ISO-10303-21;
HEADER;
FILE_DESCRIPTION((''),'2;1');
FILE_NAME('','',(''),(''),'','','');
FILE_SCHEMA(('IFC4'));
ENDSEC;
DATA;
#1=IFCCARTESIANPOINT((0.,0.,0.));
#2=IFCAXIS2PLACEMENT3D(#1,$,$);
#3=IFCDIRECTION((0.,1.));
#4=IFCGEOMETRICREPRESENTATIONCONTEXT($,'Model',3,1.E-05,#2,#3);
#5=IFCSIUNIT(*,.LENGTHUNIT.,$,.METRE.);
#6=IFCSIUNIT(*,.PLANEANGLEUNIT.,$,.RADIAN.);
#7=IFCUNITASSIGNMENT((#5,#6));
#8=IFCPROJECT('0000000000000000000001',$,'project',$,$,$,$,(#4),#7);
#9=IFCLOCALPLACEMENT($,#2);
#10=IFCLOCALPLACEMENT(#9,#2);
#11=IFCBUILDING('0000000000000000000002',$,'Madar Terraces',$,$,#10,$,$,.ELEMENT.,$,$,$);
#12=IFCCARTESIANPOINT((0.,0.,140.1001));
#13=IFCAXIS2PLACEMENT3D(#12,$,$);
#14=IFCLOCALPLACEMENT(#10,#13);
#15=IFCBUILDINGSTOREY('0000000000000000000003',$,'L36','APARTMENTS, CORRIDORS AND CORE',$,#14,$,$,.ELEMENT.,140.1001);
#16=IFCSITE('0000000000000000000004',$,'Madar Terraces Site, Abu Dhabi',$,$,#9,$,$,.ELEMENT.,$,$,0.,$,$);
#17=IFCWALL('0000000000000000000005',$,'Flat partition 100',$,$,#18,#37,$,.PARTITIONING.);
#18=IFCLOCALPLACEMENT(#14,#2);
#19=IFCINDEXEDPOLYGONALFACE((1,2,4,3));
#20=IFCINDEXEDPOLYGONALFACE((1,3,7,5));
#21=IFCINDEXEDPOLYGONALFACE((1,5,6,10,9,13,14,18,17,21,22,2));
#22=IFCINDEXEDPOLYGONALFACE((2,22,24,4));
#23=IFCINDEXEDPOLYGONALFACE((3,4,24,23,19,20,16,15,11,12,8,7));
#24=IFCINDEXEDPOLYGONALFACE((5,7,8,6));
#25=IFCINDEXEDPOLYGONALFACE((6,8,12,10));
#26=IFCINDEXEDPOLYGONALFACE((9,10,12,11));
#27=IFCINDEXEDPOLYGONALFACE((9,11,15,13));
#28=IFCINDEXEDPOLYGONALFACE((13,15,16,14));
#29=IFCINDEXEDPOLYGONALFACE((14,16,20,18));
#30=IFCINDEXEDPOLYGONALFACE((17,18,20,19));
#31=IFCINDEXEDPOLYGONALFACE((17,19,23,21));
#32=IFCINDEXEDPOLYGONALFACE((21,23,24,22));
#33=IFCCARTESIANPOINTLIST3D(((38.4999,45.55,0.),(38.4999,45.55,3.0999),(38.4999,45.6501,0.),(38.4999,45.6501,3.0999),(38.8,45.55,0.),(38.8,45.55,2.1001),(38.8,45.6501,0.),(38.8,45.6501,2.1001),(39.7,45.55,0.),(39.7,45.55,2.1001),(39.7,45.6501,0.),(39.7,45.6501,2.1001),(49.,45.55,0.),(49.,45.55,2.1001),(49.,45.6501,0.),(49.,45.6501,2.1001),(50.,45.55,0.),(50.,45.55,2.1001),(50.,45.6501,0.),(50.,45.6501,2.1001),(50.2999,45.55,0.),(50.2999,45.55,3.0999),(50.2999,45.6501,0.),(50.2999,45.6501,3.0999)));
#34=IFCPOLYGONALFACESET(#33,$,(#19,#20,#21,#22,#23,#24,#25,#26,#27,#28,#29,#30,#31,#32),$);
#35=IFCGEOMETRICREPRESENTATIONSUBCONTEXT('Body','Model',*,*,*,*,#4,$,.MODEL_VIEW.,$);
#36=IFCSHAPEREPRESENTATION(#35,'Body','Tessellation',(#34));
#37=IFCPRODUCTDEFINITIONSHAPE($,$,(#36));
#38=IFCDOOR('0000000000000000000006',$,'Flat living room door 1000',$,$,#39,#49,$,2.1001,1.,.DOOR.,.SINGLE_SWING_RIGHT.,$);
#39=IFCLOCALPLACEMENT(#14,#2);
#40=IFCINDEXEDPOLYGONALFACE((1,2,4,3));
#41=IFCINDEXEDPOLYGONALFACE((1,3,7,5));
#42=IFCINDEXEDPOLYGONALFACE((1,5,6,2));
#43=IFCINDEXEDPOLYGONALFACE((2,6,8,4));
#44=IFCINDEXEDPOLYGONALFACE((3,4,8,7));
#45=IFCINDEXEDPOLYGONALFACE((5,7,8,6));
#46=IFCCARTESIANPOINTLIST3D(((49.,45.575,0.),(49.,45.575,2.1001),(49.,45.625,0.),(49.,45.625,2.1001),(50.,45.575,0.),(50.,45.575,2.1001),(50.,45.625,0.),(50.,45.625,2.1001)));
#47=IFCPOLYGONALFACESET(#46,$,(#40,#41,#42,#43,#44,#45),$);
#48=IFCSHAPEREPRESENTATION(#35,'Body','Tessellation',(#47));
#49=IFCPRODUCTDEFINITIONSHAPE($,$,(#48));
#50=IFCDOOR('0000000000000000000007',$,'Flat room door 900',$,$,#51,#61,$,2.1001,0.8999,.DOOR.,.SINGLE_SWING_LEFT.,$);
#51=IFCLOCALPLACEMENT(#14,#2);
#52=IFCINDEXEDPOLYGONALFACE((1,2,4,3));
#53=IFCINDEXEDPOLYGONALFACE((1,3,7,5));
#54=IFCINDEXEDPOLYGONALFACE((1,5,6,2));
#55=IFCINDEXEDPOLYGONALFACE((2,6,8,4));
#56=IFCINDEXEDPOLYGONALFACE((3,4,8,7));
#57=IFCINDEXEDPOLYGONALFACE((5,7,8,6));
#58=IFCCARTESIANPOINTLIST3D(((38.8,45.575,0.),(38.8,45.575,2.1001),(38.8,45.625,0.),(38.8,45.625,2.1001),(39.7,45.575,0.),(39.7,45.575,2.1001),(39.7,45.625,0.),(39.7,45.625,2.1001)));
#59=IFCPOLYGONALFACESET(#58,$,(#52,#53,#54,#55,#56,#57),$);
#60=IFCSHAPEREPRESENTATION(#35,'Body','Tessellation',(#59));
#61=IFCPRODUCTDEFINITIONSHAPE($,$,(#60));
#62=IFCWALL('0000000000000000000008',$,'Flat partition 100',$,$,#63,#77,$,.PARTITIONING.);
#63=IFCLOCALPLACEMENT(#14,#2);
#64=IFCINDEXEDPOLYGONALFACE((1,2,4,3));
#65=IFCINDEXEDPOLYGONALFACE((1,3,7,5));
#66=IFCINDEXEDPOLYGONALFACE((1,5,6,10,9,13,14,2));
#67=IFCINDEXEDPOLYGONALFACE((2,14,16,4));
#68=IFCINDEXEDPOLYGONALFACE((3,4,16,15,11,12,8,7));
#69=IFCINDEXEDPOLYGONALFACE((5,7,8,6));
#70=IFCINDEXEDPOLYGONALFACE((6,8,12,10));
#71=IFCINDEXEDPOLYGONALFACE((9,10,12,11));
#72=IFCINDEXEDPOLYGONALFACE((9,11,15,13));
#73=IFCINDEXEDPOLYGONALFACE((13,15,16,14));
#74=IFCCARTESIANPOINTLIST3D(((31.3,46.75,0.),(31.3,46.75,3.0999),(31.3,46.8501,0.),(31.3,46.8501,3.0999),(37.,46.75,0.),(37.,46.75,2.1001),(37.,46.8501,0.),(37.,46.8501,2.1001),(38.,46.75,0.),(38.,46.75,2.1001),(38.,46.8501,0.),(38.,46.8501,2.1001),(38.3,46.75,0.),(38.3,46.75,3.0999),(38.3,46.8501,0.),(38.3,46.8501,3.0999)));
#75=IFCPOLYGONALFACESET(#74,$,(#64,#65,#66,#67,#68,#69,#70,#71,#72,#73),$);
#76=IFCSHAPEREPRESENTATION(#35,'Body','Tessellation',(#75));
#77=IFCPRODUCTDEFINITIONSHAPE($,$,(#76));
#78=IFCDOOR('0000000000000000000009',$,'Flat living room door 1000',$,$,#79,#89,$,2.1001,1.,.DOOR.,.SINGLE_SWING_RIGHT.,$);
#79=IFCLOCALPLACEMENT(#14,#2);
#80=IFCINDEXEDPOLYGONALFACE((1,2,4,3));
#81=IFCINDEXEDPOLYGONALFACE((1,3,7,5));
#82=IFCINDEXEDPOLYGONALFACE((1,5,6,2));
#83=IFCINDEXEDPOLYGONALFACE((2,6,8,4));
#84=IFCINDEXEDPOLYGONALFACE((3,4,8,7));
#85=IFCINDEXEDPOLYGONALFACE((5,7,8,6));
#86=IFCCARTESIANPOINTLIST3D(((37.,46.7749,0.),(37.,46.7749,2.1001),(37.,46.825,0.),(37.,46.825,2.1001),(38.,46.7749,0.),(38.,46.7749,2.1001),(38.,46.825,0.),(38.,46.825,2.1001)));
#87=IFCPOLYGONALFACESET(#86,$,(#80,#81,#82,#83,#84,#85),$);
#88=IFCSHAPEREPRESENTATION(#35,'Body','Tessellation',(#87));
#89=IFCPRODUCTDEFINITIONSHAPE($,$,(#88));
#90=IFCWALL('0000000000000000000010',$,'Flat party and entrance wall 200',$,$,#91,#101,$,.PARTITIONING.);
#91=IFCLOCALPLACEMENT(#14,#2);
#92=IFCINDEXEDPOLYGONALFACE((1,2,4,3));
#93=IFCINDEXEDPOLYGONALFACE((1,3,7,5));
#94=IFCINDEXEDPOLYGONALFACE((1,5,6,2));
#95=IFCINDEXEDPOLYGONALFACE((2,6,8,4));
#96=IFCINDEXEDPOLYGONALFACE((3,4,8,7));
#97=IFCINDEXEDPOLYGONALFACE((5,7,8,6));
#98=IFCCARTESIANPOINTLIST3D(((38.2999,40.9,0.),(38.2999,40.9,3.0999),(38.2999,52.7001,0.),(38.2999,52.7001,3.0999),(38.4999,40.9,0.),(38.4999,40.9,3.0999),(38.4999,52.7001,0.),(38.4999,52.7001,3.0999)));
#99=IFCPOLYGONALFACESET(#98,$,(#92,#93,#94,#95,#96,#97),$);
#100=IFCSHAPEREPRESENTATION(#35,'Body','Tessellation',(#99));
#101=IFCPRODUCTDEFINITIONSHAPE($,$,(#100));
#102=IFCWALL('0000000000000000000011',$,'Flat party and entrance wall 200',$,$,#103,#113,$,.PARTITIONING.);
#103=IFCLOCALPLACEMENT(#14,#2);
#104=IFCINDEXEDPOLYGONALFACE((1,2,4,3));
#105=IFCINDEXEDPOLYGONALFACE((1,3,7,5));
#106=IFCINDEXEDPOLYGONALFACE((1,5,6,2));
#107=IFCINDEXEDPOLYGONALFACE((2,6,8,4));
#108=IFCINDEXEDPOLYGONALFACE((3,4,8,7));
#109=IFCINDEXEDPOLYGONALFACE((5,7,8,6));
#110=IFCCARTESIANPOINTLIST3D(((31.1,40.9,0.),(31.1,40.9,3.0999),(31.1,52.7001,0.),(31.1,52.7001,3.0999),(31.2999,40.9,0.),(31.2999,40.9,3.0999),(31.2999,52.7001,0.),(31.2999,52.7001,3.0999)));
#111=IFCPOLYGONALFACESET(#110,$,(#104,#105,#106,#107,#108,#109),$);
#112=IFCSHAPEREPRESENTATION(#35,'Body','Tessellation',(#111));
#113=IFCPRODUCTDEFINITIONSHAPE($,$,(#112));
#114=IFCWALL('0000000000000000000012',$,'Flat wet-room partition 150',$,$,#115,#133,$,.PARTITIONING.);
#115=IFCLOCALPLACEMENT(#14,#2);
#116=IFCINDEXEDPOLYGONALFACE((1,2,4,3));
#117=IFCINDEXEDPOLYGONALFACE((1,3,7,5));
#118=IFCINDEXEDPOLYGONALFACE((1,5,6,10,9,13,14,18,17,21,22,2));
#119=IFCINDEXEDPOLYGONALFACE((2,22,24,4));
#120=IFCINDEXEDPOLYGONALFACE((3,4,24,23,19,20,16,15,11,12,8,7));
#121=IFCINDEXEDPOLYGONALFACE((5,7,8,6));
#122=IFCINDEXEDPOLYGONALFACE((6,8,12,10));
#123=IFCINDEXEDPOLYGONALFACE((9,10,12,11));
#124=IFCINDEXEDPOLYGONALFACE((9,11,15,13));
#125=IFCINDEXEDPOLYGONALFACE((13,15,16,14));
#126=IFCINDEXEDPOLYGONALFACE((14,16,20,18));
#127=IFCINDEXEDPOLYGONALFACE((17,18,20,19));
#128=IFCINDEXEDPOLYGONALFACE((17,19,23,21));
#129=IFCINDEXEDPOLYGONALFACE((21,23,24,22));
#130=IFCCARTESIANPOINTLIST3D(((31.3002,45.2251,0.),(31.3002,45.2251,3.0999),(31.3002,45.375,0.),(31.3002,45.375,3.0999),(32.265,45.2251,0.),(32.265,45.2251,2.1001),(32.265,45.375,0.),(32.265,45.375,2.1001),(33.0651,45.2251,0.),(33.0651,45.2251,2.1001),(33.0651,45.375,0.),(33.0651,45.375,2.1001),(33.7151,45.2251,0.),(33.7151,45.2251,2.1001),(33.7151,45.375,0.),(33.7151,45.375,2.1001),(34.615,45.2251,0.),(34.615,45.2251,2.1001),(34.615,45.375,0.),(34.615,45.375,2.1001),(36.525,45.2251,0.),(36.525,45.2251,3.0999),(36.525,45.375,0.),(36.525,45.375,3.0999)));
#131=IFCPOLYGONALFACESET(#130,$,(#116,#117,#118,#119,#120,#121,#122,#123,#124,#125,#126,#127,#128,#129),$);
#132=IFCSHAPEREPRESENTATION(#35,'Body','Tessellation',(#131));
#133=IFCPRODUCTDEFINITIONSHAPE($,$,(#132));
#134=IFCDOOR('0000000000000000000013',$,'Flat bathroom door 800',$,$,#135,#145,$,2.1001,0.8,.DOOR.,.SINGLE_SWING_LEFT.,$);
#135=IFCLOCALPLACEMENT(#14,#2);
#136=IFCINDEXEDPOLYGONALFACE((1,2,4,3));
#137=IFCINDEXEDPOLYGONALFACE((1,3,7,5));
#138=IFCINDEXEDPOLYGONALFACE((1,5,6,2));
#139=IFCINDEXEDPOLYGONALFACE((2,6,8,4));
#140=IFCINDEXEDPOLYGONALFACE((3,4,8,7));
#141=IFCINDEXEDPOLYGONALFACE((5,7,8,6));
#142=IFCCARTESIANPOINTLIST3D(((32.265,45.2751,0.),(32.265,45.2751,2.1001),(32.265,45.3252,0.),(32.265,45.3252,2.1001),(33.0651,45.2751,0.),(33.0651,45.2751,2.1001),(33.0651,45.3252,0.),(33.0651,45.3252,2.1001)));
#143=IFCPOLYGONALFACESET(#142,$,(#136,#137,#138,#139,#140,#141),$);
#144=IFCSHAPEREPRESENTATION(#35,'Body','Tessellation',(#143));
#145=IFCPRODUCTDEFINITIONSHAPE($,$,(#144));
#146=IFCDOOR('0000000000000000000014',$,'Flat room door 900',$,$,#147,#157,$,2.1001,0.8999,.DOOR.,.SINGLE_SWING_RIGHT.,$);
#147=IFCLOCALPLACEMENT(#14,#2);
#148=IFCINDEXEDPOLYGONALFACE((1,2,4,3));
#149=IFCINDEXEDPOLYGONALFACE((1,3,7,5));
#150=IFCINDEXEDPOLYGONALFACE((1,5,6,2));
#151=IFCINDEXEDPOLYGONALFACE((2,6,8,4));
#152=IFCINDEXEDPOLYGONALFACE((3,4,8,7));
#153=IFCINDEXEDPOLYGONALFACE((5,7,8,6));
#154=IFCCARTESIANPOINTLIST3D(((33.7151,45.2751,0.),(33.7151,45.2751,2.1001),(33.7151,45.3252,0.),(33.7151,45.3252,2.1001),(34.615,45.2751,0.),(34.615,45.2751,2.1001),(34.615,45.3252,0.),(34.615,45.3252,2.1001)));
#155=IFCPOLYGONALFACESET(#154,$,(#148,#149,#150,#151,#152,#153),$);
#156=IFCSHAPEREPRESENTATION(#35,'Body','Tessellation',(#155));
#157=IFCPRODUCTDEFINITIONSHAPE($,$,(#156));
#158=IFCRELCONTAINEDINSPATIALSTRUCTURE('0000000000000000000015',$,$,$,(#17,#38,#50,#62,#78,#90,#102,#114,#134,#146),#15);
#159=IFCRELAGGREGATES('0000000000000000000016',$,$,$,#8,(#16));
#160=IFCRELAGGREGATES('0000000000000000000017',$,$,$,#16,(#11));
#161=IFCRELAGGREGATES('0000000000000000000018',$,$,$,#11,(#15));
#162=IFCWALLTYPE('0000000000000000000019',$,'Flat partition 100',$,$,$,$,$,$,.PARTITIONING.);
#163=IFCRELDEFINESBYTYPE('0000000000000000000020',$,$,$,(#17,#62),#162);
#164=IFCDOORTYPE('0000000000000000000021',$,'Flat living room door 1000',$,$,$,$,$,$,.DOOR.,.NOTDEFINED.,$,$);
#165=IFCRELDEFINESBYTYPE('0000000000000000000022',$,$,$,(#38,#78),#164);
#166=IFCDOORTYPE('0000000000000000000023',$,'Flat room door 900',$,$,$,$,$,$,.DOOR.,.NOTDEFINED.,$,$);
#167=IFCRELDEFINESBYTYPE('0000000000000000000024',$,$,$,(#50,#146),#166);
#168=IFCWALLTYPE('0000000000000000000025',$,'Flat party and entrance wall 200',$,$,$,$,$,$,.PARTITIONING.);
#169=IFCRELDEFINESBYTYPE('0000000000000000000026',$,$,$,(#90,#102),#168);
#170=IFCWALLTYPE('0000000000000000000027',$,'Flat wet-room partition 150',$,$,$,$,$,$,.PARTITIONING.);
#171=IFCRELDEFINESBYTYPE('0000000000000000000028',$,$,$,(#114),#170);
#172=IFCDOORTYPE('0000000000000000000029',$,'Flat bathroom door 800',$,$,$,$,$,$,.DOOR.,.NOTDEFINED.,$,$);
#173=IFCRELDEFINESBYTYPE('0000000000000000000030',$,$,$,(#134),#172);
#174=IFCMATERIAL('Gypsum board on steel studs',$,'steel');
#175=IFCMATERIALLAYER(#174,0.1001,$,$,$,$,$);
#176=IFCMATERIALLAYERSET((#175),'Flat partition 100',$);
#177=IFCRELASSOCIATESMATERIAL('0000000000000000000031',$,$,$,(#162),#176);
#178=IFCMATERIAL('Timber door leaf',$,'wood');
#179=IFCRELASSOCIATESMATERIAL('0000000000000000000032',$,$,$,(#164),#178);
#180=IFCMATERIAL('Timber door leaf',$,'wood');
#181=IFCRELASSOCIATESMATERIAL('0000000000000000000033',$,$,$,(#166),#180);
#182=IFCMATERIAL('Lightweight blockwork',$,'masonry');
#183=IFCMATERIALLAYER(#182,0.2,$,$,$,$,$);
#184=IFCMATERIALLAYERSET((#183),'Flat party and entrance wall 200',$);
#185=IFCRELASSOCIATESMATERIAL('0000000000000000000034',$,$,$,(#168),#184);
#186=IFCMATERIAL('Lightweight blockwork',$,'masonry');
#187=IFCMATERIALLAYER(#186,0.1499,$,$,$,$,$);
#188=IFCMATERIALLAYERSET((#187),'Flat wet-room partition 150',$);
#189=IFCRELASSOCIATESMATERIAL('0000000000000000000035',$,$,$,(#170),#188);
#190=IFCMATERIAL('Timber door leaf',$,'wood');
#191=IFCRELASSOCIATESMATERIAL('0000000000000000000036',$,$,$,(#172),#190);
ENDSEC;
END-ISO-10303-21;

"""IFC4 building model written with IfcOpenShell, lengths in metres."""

from ifc_helpers import new_model, si_unit, direction, frame, frame_2d, origin, place, context, subcontext, project, spatial, rectangle, extrude, material, layer, layer_set, type_object, element, fill, save


model = new_model("IFC4")

# Units and contexts
model_context = context("Model", 3, precision=1e-05, world=origin(), true_north=direction((0.0, 1.0)))
body_context = subcontext(model_context, "Body", "Model", "MODEL_VIEW")
ifc_project = project(units=[si_unit("LENGTHUNIT", "METRE"), si_unit("PLANEANGLEUNIT", "RADIAN")], contexts=[model_context])

# Site, building, storey
site_placement = place(None, origin())
site = spatial("IfcSite", under=ifc_project, at=site_placement, Name="Madar Terraces Site, Abu Dhabi", CompositionType="ELEMENT", RefElevation=0.0)
building_placement = place(site_placement, origin())
building = spatial("IfcBuilding", under=site, at=building_placement, Name="Madar Terraces", CompositionType="ELEMENT")
storey_placement = place(building_placement, frame((0.0, 0.0, 140.1001)))
storey = spatial("IfcBuildingStorey", under=building, at=storey_placement, Name="L36", Description="APARTMENTS, CORRIDORS AND CORE", CompositionType="ELEMENT", Elevation=140.1001)

# Shared definitions
ifc_material_1 = material(Name="Gypsum board on steel studs", Category="steel")
ifc_layer_1 = layer(ifc_material_1, 0.1001)
ifc_layer_set_1 = layer_set([ifc_layer_1], Name="Flat partition 100")
wall_type_1 = type_object("IfcWallType", Name="Flat partition 100", PredefinedType="PARTITIONING", material=ifc_layer_set_1)

# Wall, openings, doors
wall_1_placement = place(storey_placement, frame((38.5, 45.6001, 0.0), z_axis=(0.0, 0.0, 1.0), x_axis=(1.0, 0.0, 0.0)))
wall_1 = element("IfcWall", 1, at=wall_1_placement, inside=storey, type_object=wall_type_1, Name="Flat partition 100", PredefinedType="PARTITIONING", context=body_context, shape_type="SweptSolid", body=[
    extrude(rectangle(XDim=11.8, YDim=0.1001, at=frame_2d((5.8999, 0.0))), origin(), (0.0, 0.0, 1.0), 3.0999),
])
opening_1_placement = place(wall_1_placement, frame((10.5, 0.0, 0.0)))
opening_1 = element("IfcOpeningElement", 2, at=opening_1_placement, cuts=wall_1, PredefinedType="OPENING", context=body_context, shape_type="SweptSolid", body=[
    extrude(rectangle(XDim=1.0, YDim=2.1001, at=frame_2d((0.5, 1.05))), frame((0.0, 0.0601, 0.0), z_axis=(0.0, -1.0, 0.0), x_axis=(1.0, 0.0, 0.0)), (0.0, 0.0, 1.0), 0.1201),
])
opening_2_placement = place(wall_1_placement, frame((0.3, 0.0, 0.0)))
opening_2 = element("IfcOpeningElement", 3, at=opening_2_placement, cuts=wall_1, PredefinedType="OPENING", context=body_context, shape_type="SweptSolid", body=[
    extrude(rectangle(XDim=0.8999, YDim=2.1001, at=frame_2d((0.45, 1.05))), frame((0.0, 0.0601, 0.0), z_axis=(0.0, -1.0, 0.0), x_axis=(1.0, 0.0, 0.0)), (0.0, 0.0, 1.0), 0.1201),
])
ifc_material_2 = material(Name="Timber door leaf", Category="wood")
door_type_1 = type_object("IfcDoorType", Name="Flat living room door 1000", OperationType="NOTDEFINED", PredefinedType="DOOR", material=ifc_material_2)
door_1_placement = place(opening_1_placement, origin())
door_1 = element("IfcDoor", 4, at=door_1_placement, inside=storey, type_object=door_type_1, Name="Flat living room door 1000", OperationType="SINGLE_SWING_RIGHT", OverallHeight=2.1001, OverallWidth=1.0, PredefinedType="DOOR", context=body_context, shape_type="SweptSolid", body=[
    extrude(rectangle(XDim=1.0, YDim=2.1001, at=frame_2d((0.5, 1.05))), frame((0.0, 0.0249, 0.0), z_axis=(0.0, -1.0, 0.0), x_axis=(1.0, 0.0, 0.0)), (0.0, 0.0, 1.0), 0.05),
])
fill(opening_1, door_1)
ifc_material_3 = material(Name="Timber door leaf", Category="wood")
door_type_2 = type_object("IfcDoorType", Name="Flat room door 900", OperationType="NOTDEFINED", PredefinedType="DOOR", material=ifc_material_3)
door_2_placement = place(opening_2_placement, origin())
door_2 = element("IfcDoor", 5, at=door_2_placement, inside=storey, type_object=door_type_2, Name="Flat room door 900", OperationType="SINGLE_SWING_LEFT", OverallHeight=2.1001, OverallWidth=0.8999, PredefinedType="DOOR", context=body_context, shape_type="SweptSolid", body=[
    extrude(rectangle(XDim=0.8999, YDim=2.1001, at=frame_2d((0.45, 1.05))), frame((0.0, 0.0249, 0.0), z_axis=(0.0, -1.0, 0.0), x_axis=(1.0, 0.0, 0.0)), (0.0, 0.0, 1.0), 0.05),
])
fill(opening_2, door_2)

# Wall, opening, door
wall_2_placement = place(storey_placement, frame((31.3, 46.8, 0.0), z_axis=(0.0, 0.0, 1.0), x_axis=(1.0, 0.0, 0.0)))
wall_2 = element("IfcWall", 6, at=wall_2_placement, inside=storey, type_object=wall_type_1, Name="Flat partition 100", PredefinedType="PARTITIONING", context=body_context, shape_type="SweptSolid", body=[
    extrude(rectangle(XDim=7.0, YDim=0.1001, at=frame_2d((3.5, 0.0))), origin(), (0.0, 0.0, 1.0), 3.0999),
])
opening_3_placement = place(wall_2_placement, frame((5.7, 0.0, 0.0)))
opening_3 = element("IfcOpeningElement", 7, at=opening_3_placement, cuts=wall_2, PredefinedType="OPENING", context=body_context, shape_type="SweptSolid", body=[
    extrude(rectangle(XDim=1.0, YDim=2.1001, at=frame_2d((0.5, 1.05))), frame((0.0, 0.0601, 0.0), z_axis=(0.0, -1.0, 0.0), x_axis=(1.0, 0.0, 0.0)), (0.0, 0.0, 1.0), 0.1201),
])
door_3_placement = place(opening_3_placement, origin())
door_3 = element("IfcDoor", 8, at=door_3_placement, inside=storey, type_object=door_type_1, Name="Flat living room door 1000", OperationType="SINGLE_SWING_RIGHT", OverallHeight=2.1001, OverallWidth=1.0, PredefinedType="DOOR", context=body_context, shape_type="SweptSolid", body=[
    extrude(rectangle(XDim=1.0, YDim=2.1001, at=frame_2d((0.5, 1.05))), frame((0.0, 0.0249, 0.0), z_axis=(0.0, -1.0, 0.0), x_axis=(1.0, 0.0, 0.0)), (0.0, 0.0, 1.0), 0.05),
])
fill(opening_3, door_3)

# Walls
ifc_material_4 = material(Name="Lightweight blockwork", Category="masonry")
ifc_layer_2 = layer(ifc_material_4, 0.2)
ifc_layer_set_2 = layer_set([ifc_layer_2], Name="Flat party and entrance wall 200")
wall_type_2 = type_object("IfcWallType", Name="Flat party and entrance wall 200", PredefinedType="PARTITIONING", material=ifc_layer_set_2)
for number, where, z_axis, x_axis, name in (
    (9, (38.3999, 52.7, 0.0), (0.0, 0.0, 1.0), (0.0, -1.0, 0.0), "Flat party and entrance wall 200"),
    (10, (31.2, 52.7, 0.0), (0.0, 0.0, 1.0), (0.0, -1.0, 0.0), "Flat party and entrance wall 200"),
):
    element("IfcWall", number, at=place(storey_placement, frame(where, z_axis=z_axis, x_axis=x_axis)), inside=storey, type_object=wall_type_2, Name=name, PredefinedType="PARTITIONING", context=body_context, shape_type="SweptSolid", body=[
        extrude(rectangle(XDim=11.8, YDim=0.2, at=frame_2d((5.8999, 0.0))), origin(), (0.0, 0.0, 1.0), 3.0999),
    ])

# Wall, openings, doors
ifc_material_5 = material(Name="Lightweight blockwork", Category="masonry")
ifc_layer_3 = layer(ifc_material_5, 0.1499)
ifc_layer_set_3 = layer_set([ifc_layer_3], Name="Flat wet-room partition 150")
wall_type_3 = type_object("IfcWallType", Name="Flat wet-room partition 150", PredefinedType="PARTITIONING", material=ifc_layer_set_3)
wall_3_placement = place(storey_placement, frame((36.5249, 45.3, 0.0), z_axis=(0.0, 0.0, 1.0), x_axis=(-1.0, 0.0, 0.0)))
wall_3 = element("IfcWall", 11, at=wall_3_placement, inside=storey, type_object=wall_type_3, Name="Flat wet-room partition 150", PredefinedType="PARTITIONING", context=body_context, shape_type="SweptSolid", body=[
    extrude(rectangle(XDim=5.2249, YDim=0.1499, at=frame_2d((2.6123, 0.0))), origin(), (0.0, 0.0, 1.0), 3.0999),
])
opening_4_placement = place(wall_3_placement, frame((1.9099, 0.0, 0.0)))
opening_4 = element("IfcOpeningElement", 12, at=opening_4_placement, cuts=wall_3, PredefinedType="OPENING", context=body_context, shape_type="SweptSolid", body=[
    extrude(rectangle(XDim=0.8999, YDim=2.1001, at=frame_2d((0.45, 1.05))), frame((0.0, 0.085, 0.0), z_axis=(0.0, -1.0, 0.0), x_axis=(1.0, 0.0, 0.0)), (0.0, 0.0, 1.0), 0.1699),
])
opening_5_placement = place(wall_3_placement, frame((3.46, 0.0, 0.0)))
opening_5 = element("IfcOpeningElement", 13, at=opening_5_placement, cuts=wall_3, PredefinedType="OPENING", context=body_context, shape_type="SweptSolid", body=[
    extrude(rectangle(XDim=0.8, YDim=2.1001, at=frame_2d((0.3999, 1.05))), frame((0.0, 0.085, 0.0), z_axis=(0.0, -1.0, 0.0), x_axis=(1.0, 0.0, 0.0)), (0.0, 0.0, 1.0), 0.1699),
])
ifc_material_6 = material(Name="Timber door leaf", Category="wood")
door_type_3 = type_object("IfcDoorType", Name="Flat bathroom door 800", OperationType="NOTDEFINED", PredefinedType="DOOR", material=ifc_material_6)
door_4_placement = place(opening_5_placement, origin())
door_4 = element("IfcDoor", 14, at=door_4_placement, inside=storey, type_object=door_type_3, Name="Flat bathroom door 800", OperationType="SINGLE_SWING_LEFT", OverallHeight=2.1001, OverallWidth=0.8, PredefinedType="DOOR", context=body_context, shape_type="SweptSolid", body=[
    extrude(rectangle(XDim=0.8, YDim=2.1001, at=frame_2d((0.3999, 1.05))), frame((0.0, 0.0249, 0.0), z_axis=(0.0, -1.0, 0.0), x_axis=(1.0, 0.0, 0.0)), (0.0, 0.0, 1.0), 0.05),
])
fill(opening_5, door_4)
door_5_placement = place(opening_4_placement, origin())
door_5 = element("IfcDoor", 15, at=door_5_placement, inside=storey, type_object=door_type_2, Name="Flat room door 900", OperationType="SINGLE_SWING_RIGHT", OverallHeight=2.1001, OverallWidth=0.8999, PredefinedType="DOOR", context=body_context, shape_type="SweptSolid", body=[
    extrude(rectangle(XDim=0.8999, YDim=2.1001, at=frame_2d((0.45, 1.05))), frame((0.0, 0.0249, 0.0), z_axis=(0.0, -1.0, 0.0), x_axis=(1.0, 0.0, 0.0)), (0.0, 0.0, 1.0), 0.05),
])
fill(opening_4, door_5)

save(model, "model.ifc")
